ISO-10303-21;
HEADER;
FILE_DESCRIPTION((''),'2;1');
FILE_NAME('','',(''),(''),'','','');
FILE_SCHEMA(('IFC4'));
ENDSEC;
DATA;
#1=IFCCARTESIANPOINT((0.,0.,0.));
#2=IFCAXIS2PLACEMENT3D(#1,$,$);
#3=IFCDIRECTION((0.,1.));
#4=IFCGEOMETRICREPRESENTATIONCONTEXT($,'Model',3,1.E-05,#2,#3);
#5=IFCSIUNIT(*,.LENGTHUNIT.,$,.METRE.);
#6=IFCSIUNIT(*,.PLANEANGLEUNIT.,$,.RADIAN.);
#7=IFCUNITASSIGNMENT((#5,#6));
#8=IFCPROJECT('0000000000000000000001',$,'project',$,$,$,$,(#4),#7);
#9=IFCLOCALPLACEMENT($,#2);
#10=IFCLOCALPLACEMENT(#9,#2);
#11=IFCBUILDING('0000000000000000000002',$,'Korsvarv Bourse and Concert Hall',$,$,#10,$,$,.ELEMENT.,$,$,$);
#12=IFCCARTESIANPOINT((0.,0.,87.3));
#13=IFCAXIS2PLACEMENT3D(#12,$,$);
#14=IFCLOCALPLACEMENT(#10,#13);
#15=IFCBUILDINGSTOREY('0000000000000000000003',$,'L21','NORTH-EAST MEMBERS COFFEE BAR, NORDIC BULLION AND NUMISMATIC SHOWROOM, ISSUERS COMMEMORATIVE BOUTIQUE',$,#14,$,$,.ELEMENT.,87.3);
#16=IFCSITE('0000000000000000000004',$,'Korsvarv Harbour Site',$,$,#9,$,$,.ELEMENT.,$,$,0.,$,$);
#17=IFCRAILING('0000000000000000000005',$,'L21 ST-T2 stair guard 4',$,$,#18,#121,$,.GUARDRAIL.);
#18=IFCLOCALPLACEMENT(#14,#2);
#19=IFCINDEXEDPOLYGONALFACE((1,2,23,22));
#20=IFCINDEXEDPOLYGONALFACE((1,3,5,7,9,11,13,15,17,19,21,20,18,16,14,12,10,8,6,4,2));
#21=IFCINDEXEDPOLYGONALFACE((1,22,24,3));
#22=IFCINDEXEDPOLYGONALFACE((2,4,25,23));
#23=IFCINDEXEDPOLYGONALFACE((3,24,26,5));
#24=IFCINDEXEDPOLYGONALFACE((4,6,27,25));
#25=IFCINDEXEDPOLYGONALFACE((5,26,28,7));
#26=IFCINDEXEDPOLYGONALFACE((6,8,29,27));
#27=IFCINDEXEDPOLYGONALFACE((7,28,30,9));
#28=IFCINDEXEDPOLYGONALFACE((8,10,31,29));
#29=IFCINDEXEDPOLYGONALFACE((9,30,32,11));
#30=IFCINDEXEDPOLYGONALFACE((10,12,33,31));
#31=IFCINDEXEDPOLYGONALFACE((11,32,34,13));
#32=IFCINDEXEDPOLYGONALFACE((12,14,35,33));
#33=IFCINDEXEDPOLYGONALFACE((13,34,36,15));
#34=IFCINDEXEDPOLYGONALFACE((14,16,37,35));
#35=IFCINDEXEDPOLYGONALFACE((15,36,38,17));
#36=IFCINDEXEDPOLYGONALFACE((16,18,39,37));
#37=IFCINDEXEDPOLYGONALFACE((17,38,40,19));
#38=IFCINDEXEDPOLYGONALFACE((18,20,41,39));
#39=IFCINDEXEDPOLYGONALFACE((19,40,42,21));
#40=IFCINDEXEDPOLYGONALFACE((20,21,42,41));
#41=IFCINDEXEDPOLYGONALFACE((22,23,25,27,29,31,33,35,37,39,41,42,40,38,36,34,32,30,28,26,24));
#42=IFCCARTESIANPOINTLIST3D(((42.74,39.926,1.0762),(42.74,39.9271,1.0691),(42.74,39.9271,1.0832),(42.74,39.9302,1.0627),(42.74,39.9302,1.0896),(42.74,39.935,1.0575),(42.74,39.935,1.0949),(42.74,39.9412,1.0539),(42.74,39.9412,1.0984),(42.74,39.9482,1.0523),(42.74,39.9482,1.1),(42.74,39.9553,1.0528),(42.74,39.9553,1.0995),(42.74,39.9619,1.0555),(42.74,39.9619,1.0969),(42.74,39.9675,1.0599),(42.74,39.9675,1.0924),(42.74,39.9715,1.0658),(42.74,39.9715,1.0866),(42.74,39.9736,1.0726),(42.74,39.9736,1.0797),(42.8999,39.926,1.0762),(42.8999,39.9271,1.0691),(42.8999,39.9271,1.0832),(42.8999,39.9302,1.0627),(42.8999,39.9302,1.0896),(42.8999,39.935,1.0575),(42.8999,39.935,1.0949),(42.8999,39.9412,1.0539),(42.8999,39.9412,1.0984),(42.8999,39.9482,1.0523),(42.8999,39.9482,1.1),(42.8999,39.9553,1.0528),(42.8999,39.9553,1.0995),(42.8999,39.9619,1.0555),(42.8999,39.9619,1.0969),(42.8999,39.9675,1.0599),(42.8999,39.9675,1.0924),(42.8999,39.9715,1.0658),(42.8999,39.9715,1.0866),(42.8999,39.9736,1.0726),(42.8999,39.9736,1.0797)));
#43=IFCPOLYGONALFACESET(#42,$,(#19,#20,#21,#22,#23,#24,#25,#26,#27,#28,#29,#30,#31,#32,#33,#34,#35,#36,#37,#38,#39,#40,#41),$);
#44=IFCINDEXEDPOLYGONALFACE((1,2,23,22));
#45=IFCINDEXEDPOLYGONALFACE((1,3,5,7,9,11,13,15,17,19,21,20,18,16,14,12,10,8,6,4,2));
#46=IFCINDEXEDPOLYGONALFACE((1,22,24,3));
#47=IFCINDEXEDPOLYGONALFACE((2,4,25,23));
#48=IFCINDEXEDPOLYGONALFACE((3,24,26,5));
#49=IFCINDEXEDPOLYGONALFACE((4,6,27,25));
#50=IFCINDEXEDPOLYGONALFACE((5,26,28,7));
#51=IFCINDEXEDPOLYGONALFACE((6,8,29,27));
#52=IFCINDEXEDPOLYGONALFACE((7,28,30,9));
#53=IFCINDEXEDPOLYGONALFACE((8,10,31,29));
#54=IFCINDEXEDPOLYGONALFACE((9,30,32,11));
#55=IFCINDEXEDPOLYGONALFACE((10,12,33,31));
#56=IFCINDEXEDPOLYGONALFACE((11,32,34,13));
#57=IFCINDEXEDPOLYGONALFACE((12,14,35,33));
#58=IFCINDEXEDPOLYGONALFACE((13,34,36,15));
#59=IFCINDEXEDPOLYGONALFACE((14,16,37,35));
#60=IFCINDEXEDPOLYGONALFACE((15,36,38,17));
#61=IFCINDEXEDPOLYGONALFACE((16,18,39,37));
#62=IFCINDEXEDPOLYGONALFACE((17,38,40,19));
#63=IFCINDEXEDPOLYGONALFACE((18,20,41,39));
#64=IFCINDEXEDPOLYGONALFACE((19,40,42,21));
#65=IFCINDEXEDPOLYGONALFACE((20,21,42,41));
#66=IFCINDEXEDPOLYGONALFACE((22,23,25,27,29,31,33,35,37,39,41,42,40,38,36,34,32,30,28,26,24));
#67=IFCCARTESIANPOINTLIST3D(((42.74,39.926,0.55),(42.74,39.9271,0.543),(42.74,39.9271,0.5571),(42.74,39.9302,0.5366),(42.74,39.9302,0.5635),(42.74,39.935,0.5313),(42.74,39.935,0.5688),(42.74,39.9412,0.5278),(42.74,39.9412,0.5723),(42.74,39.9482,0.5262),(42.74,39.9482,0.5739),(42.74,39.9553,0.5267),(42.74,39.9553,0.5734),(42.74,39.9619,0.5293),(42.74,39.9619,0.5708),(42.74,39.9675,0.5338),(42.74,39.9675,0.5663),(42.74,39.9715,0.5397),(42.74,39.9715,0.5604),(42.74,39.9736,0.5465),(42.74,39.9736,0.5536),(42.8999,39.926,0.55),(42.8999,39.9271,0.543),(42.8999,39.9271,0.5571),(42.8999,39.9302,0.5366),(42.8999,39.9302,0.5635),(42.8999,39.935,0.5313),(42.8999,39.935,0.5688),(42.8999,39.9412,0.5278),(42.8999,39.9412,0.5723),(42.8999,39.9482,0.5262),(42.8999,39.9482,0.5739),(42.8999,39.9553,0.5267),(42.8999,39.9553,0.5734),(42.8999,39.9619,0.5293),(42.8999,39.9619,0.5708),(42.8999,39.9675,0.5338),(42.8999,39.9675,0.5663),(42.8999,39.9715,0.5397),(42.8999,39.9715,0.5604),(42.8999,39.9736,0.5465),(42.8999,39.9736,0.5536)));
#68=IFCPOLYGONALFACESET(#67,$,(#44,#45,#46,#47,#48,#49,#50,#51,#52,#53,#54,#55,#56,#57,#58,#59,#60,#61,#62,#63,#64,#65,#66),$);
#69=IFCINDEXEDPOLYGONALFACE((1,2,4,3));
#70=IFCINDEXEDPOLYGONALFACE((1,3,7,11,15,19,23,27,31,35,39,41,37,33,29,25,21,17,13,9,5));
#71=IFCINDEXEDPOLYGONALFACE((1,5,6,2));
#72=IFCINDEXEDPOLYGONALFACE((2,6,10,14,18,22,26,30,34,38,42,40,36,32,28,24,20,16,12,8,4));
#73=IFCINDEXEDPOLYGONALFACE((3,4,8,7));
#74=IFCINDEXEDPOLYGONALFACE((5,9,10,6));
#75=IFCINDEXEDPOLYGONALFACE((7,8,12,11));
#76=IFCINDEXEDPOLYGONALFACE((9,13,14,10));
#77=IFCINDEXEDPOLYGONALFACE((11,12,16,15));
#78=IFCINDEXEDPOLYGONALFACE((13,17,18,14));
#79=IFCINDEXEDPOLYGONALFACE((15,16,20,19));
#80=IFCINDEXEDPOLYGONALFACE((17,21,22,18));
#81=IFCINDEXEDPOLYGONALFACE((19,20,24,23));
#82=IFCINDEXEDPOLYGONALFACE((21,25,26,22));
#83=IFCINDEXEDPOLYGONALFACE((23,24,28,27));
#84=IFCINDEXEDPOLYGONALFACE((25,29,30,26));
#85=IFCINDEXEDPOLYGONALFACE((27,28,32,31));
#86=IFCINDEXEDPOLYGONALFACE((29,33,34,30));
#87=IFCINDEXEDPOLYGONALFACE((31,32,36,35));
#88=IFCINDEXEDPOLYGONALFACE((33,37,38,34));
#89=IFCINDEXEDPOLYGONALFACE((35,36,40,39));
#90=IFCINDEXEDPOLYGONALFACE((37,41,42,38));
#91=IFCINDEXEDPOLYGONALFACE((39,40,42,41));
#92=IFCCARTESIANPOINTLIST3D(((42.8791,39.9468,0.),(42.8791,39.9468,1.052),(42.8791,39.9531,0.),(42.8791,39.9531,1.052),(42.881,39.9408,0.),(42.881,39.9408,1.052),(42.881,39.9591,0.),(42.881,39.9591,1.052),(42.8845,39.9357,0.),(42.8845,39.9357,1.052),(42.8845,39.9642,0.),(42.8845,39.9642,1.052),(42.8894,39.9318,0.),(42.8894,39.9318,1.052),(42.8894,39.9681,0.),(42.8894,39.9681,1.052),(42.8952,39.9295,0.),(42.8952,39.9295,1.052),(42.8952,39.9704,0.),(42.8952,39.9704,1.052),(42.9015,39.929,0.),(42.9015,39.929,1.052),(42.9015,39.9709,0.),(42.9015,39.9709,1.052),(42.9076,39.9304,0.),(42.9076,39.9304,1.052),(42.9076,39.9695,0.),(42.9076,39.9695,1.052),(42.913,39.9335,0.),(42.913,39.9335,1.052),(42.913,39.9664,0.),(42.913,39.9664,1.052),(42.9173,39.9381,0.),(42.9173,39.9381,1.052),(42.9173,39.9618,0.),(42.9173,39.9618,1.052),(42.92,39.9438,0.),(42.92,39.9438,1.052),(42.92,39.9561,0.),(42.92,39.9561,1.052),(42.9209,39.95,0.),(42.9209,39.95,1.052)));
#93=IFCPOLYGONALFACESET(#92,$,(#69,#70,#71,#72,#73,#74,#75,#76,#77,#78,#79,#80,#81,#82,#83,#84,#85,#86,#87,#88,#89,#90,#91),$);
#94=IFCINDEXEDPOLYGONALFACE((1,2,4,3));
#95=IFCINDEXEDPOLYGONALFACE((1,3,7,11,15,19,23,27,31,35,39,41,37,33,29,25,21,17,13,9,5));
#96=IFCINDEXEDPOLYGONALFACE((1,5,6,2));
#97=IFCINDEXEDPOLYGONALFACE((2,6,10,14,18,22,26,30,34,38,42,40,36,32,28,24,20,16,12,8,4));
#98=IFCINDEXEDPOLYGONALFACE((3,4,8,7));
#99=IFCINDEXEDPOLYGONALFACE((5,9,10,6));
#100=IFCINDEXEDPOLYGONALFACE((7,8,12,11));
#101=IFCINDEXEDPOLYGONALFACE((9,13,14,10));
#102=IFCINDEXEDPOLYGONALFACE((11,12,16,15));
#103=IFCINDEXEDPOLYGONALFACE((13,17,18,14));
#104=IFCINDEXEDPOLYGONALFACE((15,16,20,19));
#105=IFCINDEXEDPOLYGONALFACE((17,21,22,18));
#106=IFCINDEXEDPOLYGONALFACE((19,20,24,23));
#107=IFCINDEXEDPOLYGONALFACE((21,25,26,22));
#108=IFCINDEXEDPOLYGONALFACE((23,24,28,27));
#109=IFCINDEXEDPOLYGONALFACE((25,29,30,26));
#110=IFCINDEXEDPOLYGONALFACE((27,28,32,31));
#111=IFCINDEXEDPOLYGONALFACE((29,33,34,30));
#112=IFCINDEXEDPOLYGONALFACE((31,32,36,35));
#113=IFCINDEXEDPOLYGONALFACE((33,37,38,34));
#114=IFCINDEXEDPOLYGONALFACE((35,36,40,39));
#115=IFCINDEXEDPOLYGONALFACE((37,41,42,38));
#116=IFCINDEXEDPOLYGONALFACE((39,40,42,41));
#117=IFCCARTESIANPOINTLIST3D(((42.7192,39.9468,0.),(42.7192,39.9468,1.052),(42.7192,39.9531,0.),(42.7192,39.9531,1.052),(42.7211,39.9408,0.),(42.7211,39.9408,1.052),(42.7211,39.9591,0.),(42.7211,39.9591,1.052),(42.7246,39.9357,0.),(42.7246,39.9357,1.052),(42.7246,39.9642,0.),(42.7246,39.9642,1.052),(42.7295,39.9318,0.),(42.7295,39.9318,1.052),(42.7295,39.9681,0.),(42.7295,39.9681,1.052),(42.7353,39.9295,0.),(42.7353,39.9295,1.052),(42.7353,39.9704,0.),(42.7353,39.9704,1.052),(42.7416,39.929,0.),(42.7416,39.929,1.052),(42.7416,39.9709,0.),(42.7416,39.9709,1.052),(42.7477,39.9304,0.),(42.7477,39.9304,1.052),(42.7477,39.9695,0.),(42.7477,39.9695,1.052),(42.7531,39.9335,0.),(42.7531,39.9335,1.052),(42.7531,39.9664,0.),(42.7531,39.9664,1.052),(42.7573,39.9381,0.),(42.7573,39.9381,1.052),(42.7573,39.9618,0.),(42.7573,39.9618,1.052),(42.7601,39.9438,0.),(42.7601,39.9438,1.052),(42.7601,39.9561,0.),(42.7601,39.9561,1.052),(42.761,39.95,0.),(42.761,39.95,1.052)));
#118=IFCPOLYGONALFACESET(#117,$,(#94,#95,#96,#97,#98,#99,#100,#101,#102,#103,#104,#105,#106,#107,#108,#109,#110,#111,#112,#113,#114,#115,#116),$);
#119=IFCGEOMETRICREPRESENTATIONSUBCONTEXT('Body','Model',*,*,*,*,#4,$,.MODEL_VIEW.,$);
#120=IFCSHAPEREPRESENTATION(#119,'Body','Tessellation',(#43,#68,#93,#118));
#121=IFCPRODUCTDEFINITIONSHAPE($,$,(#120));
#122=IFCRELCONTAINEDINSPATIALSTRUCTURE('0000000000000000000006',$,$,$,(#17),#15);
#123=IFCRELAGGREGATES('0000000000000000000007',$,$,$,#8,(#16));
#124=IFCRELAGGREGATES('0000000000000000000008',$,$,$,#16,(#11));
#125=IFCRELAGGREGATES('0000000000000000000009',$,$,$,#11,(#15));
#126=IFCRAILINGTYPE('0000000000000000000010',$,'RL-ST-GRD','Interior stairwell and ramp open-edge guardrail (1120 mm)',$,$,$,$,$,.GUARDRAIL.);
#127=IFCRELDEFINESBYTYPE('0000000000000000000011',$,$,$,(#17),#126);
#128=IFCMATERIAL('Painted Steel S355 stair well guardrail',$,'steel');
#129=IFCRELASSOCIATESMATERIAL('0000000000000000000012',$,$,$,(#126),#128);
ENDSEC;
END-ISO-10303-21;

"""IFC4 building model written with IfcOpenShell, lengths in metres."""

from ifc_helpers import new_model, si_unit, direction, frame, origin, origin_2d, place, context, subcontext, project, spatial, circle, extrude, material, type_object, element, save


model = new_model("IFC4")

# Units and contexts
model_context = context("Model", 3, precision=1e-05, world=origin(), true_north=direction((0.0, 1.0)))
body_context = subcontext(model_context, "Body", "Model", "MODEL_VIEW")
ifc_project = project(units=[si_unit("LENGTHUNIT", "METRE"), si_unit("PLANEANGLEUNIT", "RADIAN")], contexts=[model_context])

# Site, building, storey
site_placement = place(None, origin())
site = spatial("IfcSite", under=ifc_project, at=site_placement, Name="Korsvarv Harbour Site", CompositionType="ELEMENT", RefElevation=0.0)
building_placement = place(site_placement, origin())
building = spatial("IfcBuilding", under=site, at=building_placement, Name="Korsvarv Bourse and Concert Hall", CompositionType="ELEMENT")
storey_placement = place(building_placement, frame((0.0, 0.0, 87.3)))
storey = spatial("IfcBuildingStorey", under=building, at=storey_placement, Name="L21", Description="NORTH-EAST MEMBERS COFFEE BAR, NORDIC BULLION AND NUMISMATIC SHOWROOM, ISSUERS COMMEMORATIVE BOUTIQUE", CompositionType="ELEMENT", Elevation=87.3)

# Railing
ifc_material_1 = material(Name="Painted Steel S355 stair well guardrail", Category="steel")
railing_type_1 = type_object("IfcRailingType", Name="RL-ST-GRD", Description="Interior stairwell and ramp open-edge guardrail (1120 mm)", PredefinedType="GUARDRAIL", material=ifc_material_1)
railing_1_placement = place(storey_placement, frame((42.8999, 39.95, 0.0)))
element("IfcRailing", 1, at=railing_1_placement, inside=storey, type_object=railing_type_1, Name="L21 ST-T2 stair guard 4", PredefinedType="GUARDRAIL", context=body_context, shape_type="SweptSolid", body=[
    extrude(circle(Radius=0.0239, at=origin_2d()), frame((0.0, 0.0, 1.0762), z_axis=(-1.0, 0.0, 0.0), x_axis=(0.0, -1.0, 0.0)), (0.0, 0.0, 1.0), 0.1599),
    extrude(circle(Radius=0.0239, at=origin_2d()), frame((0.0, 0.0, 0.55), z_axis=(-1.0, 0.0, 0.0), x_axis=(0.0, -1.0, 0.0)), (0.0, 0.0, 1.0), 0.1599),
    extrude(circle(Radius=0.021, at=origin_2d()), origin(), (0.0, 0.0, 1.0), 1.052),
    extrude(circle(Radius=0.021, at=origin_2d()), frame((-0.1599, 0.0, 0.0)), (0.0, 0.0, 1.0), 1.052),
])

save(model, "model.ifc")
